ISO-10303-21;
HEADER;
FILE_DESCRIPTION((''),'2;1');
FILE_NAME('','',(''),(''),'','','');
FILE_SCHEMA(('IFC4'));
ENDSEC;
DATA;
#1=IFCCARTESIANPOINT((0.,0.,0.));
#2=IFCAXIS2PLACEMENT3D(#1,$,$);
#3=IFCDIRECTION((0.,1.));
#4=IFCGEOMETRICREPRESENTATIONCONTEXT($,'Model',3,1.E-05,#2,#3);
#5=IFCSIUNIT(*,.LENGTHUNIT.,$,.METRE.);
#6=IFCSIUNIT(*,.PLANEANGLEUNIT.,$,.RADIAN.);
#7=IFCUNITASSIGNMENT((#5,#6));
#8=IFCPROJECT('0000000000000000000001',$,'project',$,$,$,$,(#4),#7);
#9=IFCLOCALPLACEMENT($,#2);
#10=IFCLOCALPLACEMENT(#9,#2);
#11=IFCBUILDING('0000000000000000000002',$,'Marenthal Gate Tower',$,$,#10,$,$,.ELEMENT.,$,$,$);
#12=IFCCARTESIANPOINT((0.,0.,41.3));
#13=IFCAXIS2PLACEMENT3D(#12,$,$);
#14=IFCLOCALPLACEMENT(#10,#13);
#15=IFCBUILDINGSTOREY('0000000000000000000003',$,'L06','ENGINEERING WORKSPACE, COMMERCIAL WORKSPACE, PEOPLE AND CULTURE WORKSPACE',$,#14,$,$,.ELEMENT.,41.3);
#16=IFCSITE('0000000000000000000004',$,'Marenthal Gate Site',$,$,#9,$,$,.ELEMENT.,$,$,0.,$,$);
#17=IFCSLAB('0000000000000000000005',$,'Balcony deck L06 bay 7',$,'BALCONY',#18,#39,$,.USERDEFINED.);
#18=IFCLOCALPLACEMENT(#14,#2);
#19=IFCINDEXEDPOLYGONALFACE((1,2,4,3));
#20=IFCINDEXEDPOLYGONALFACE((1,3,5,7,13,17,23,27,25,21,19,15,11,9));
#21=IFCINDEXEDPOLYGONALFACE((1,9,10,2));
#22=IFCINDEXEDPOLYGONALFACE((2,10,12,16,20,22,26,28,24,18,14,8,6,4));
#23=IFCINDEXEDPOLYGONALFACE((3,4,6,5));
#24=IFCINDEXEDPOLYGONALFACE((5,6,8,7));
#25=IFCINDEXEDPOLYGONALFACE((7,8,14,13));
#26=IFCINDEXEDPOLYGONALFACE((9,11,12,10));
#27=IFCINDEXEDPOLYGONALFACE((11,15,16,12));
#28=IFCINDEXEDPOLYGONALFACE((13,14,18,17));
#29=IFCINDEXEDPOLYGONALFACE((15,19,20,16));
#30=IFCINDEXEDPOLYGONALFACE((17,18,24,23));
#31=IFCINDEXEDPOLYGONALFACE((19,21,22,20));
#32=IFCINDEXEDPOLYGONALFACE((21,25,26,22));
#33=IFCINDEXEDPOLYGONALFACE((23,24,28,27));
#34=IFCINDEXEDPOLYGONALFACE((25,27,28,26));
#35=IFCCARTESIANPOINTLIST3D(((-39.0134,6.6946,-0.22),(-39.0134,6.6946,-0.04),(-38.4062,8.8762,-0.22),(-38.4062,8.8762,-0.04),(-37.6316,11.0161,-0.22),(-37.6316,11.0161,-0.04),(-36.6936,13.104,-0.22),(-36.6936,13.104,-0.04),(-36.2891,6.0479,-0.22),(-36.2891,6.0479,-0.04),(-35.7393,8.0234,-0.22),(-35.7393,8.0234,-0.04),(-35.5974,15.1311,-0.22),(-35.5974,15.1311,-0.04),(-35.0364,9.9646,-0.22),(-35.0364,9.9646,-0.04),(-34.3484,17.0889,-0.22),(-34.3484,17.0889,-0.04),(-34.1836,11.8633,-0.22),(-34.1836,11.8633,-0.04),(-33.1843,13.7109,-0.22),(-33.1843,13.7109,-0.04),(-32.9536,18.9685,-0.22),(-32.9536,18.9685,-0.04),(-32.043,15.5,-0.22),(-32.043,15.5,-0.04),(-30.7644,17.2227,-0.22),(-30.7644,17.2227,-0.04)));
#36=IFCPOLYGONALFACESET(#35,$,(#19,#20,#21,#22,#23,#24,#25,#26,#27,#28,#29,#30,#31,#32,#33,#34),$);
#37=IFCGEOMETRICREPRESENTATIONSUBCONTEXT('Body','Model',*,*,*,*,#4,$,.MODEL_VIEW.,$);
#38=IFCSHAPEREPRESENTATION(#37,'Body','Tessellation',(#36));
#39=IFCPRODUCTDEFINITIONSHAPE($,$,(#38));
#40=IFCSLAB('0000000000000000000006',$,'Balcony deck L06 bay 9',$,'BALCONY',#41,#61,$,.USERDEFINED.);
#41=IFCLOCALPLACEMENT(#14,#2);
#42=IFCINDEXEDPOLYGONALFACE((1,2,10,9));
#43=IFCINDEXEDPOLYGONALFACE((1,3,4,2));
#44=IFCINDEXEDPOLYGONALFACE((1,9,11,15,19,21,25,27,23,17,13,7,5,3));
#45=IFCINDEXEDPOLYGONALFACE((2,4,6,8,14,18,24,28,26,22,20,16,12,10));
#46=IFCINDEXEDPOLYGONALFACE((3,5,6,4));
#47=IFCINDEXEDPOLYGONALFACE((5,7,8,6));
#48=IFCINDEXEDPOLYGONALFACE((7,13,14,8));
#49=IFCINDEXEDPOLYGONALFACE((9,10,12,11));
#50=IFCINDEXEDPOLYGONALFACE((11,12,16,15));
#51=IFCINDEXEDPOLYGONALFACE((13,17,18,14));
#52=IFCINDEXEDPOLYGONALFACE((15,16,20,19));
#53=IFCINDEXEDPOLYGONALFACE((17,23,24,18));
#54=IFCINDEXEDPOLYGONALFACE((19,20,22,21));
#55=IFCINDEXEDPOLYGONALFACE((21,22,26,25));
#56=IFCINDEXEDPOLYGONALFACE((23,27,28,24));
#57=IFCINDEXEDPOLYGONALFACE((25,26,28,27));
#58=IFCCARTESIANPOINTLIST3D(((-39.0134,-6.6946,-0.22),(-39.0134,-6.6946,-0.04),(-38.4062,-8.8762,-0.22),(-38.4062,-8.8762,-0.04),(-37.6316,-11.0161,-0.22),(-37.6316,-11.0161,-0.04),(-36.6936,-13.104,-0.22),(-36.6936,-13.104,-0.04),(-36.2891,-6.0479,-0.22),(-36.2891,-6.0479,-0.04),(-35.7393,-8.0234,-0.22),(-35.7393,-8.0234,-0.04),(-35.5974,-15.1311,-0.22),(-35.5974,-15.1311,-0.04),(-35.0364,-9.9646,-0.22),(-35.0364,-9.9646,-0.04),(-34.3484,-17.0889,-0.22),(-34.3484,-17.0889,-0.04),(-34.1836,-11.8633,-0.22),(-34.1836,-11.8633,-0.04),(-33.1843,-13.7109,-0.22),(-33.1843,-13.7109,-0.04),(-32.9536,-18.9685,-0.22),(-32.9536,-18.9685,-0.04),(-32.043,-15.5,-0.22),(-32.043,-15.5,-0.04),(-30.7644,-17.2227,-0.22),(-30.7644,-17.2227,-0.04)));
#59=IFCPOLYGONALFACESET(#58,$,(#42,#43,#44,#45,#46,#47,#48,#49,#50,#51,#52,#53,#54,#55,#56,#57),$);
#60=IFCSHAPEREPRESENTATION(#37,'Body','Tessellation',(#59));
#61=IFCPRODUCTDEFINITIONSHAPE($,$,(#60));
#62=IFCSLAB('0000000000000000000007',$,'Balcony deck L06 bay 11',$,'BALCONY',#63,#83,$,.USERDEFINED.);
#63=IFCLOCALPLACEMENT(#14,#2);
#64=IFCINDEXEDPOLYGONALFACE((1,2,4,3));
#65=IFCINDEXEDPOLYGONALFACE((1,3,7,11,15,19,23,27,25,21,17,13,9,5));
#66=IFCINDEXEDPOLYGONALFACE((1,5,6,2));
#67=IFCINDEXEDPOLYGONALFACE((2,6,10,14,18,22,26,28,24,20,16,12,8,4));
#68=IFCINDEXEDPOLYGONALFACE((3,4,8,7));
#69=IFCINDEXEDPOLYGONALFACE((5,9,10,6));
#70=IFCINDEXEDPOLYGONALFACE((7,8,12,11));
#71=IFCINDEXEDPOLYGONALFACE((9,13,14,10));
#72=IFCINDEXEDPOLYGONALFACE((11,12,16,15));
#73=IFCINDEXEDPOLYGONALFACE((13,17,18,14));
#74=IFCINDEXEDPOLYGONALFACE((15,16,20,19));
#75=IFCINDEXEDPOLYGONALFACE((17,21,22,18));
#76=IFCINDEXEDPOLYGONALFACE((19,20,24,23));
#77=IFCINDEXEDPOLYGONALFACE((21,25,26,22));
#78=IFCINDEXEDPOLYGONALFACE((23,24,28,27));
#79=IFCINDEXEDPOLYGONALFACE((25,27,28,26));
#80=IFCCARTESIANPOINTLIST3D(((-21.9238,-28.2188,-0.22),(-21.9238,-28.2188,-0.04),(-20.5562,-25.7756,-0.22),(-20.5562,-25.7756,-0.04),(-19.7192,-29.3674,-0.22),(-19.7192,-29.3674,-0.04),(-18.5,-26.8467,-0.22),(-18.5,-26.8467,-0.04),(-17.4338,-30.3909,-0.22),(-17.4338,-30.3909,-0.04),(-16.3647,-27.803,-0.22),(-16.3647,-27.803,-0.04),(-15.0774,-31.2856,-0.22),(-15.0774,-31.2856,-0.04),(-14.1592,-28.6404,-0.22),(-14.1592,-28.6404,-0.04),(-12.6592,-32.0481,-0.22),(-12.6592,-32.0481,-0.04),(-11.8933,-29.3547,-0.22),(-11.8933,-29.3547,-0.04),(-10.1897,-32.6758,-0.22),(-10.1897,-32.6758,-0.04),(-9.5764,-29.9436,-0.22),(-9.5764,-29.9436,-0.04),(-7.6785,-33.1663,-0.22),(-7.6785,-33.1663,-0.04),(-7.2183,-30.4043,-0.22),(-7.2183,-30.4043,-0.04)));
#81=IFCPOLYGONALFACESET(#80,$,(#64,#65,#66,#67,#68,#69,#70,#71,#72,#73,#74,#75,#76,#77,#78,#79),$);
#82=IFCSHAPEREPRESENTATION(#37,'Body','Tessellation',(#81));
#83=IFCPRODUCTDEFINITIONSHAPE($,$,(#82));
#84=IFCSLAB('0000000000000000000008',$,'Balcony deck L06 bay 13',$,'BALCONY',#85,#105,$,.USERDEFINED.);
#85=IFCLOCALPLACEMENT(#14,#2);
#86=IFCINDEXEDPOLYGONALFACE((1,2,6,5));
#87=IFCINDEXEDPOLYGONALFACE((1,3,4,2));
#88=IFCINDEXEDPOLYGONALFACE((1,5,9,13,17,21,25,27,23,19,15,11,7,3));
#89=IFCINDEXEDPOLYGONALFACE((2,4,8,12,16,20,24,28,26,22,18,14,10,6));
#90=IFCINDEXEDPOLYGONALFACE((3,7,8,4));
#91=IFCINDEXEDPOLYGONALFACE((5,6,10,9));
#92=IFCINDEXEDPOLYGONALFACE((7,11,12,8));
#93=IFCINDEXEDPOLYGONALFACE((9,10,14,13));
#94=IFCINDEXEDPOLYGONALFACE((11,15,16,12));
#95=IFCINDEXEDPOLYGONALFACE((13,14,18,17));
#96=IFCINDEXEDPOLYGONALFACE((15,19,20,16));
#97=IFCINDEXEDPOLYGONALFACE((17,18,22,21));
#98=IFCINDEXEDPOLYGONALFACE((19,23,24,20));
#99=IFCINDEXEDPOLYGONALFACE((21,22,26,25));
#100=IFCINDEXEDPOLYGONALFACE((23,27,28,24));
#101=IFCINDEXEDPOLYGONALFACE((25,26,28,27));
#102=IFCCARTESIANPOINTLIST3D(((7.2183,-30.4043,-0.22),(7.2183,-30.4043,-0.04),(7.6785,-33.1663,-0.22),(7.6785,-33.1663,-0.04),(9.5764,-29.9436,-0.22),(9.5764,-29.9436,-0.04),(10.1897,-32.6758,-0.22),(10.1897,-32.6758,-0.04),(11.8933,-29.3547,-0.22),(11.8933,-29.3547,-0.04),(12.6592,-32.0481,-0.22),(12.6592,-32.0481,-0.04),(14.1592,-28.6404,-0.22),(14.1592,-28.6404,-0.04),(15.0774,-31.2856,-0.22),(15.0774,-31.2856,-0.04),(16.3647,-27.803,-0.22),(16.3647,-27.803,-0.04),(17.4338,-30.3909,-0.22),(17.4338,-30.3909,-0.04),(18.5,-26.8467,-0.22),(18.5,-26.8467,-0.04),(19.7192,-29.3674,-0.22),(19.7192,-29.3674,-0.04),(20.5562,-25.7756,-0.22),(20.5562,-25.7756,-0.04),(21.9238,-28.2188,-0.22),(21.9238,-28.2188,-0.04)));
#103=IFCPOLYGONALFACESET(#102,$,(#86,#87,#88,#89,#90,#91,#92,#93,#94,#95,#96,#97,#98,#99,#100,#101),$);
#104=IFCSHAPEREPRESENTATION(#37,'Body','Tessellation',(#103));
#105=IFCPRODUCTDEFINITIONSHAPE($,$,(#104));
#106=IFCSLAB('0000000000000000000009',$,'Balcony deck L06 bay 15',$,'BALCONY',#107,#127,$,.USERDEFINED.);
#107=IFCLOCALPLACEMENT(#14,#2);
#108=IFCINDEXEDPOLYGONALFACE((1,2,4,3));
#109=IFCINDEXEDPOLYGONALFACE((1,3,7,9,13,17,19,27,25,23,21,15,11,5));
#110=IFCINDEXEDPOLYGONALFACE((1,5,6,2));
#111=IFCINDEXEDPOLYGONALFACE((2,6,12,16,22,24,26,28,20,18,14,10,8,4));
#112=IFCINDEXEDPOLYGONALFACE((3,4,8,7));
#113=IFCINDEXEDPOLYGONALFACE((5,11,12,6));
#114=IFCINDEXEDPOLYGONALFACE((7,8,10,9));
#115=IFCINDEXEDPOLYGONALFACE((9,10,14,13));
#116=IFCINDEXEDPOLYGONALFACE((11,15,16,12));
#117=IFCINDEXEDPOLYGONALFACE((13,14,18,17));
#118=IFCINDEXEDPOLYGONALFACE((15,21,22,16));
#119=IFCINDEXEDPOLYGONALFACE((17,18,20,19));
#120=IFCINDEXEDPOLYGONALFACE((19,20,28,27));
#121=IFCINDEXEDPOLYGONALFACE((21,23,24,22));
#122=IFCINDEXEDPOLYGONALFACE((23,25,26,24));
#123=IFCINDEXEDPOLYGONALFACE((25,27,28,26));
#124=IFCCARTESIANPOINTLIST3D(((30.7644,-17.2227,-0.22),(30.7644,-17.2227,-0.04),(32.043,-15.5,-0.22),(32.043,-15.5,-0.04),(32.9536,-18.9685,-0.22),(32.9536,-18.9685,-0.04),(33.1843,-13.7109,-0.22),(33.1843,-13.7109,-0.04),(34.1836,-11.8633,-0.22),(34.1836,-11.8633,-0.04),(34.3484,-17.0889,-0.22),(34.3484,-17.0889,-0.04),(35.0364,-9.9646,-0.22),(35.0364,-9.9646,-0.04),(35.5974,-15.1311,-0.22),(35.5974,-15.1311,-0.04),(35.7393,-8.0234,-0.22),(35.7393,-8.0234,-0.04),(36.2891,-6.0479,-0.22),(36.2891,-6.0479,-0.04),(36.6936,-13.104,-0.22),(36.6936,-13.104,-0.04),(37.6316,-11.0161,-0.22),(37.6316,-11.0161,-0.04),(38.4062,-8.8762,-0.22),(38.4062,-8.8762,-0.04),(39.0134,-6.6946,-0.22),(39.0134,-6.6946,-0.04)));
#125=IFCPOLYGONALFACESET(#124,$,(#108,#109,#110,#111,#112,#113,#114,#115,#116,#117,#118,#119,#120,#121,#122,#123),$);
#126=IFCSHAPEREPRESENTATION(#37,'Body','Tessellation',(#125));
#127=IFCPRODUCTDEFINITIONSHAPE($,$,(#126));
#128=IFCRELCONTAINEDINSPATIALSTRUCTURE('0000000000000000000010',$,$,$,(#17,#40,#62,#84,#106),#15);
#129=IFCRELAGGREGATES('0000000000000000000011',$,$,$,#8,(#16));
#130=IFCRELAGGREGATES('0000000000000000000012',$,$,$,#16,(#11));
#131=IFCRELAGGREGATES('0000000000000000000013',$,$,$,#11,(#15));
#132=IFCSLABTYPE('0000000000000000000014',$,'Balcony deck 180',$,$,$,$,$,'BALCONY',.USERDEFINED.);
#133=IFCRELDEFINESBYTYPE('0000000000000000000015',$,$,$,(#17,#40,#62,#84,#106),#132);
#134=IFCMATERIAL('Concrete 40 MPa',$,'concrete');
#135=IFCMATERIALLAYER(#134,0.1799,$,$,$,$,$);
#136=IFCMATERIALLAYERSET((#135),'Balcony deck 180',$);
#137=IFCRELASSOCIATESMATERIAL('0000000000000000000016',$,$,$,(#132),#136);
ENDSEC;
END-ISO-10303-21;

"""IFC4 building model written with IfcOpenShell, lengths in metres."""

from ifc_helpers import new_model, si_unit, direction, frame, origin, place, context, subcontext, project, spatial, polyline, outline, extrude, material, layer, layer_set, type_object, element, save


model = new_model("IFC4")

# Units and contexts
model_context = context("Model", 3, precision=1e-05, world=origin(), true_north=direction((0.0, 1.0)))
body_context = subcontext(model_context, "Body", "Model", "MODEL_VIEW")
ifc_project = project(units=[si_unit("LENGTHUNIT", "METRE"), si_unit("PLANEANGLEUNIT", "RADIAN")], contexts=[model_context])

# Site, building, storey
site_placement = place(None, origin())
site = spatial("IfcSite", under=ifc_project, at=site_placement, Name="Marenthal Gate Site", CompositionType="ELEMENT", RefElevation=0.0)
building_placement = place(site_placement, origin())
building = spatial("IfcBuilding", under=site, at=building_placement, Name="Marenthal Gate Tower", CompositionType="ELEMENT")
storey_placement = place(building_placement, frame((0.0, 0.0, 41.3)))
storey = spatial("IfcBuildingStorey", under=building, at=storey_placement, Name="L06", Description="ENGINEERING WORKSPACE, COMMERCIAL WORKSPACE, PEOPLE AND CULTURE WORKSPACE", CompositionType="ELEMENT", Elevation=41.3)

# Slabs
ifc_material_1 = material(Name="Concrete 40 MPa", Category="concrete")
ifc_layer_1 = layer(ifc_material_1, 0.1799)
ifc_layer_set_1 = layer_set([ifc_layer_1], Name="Balcony deck 180")
slab_type_1 = type_object("IfcSlabType", Name="Balcony deck 180", ElementType="BALCONY", PredefinedType="USERDEFINED", material=ifc_layer_set_1)
slab_1_placement = place(storey_placement, frame((0.0, 0.0, -0.22)))
element("IfcSlab", 1, at=slab_1_placement, inside=storey, type_object=slab_type_1, Name="Balcony deck L06 bay 7", ObjectType="BALCONY", PredefinedType="USERDEFINED", context=body_context, shape_type="SweptSolid", body=[
    extrude(outline(polyline([(-30.7644, 17.2227), (-32.043, 15.5), (-33.1843, 13.7109), (-34.1836, 11.8633), (-35.0364, 9.9646), (-35.7393, 8.0234), (-36.2891, 6.0479), (-39.0134, 6.6946), (-38.4062, 8.8762), (-37.6316, 11.0161), (-36.6936, 13.104), (-35.5974, 15.1311), (-34.3484, 17.0889), (-32.9536, 18.9685), (-30.7644, 17.2227)])), origin(), (0.0, 0.0, 1.0), 0.1799),
])
slab_2_placement = place(storey_placement, frame((0.0, 0.0, -0.22)))
element("IfcSlab", 2, at=slab_2_placement, inside=storey, type_object=slab_type_1, Name="Balcony deck L06 bay 9", ObjectType="BALCONY", PredefinedType="USERDEFINED", context=body_context, shape_type="SweptSolid", body=[
    extrude(outline(polyline([(-36.2891, -6.0479), (-35.7393, -8.0234), (-35.0364, -9.9646), (-34.1836, -11.8633), (-33.1843, -13.7109), (-32.043, -15.5), (-30.7644, -17.2227), (-32.9536, -18.9685), (-34.3484, -17.0889), (-35.5974, -15.1311), (-36.6936, -13.104), (-37.6316, -11.0161), (-38.4062, -8.8762), (-39.0134, -6.6946), (-36.2891, -6.0479)])), origin(), (0.0, 0.0, 1.0), 0.1799),
])
slab_3_placement = place(storey_placement, frame((0.0, 0.0, -0.22)))
element("IfcSlab", 3, at=slab_3_placement, inside=storey, type_object=slab_type_1, Name="Balcony deck L06 bay 11", ObjectType="BALCONY", PredefinedType="USERDEFINED", context=body_context, shape_type="SweptSolid", body=[
    extrude(outline(polyline([(-20.5562, -25.7756), (-18.5, -26.8467), (-16.3647, -27.803), (-14.1592, -28.6404), (-11.8933, -29.3547), (-9.5764, -29.9436), (-7.2183, -30.4043), (-7.6785, -33.1663), (-10.1897, -32.6758), (-12.6592, -32.0481), (-15.0774, -31.2856), (-17.4338, -30.3909), (-19.7192, -29.3674), (-21.9238, -28.2188), (-20.5562, -25.7756)])), origin(), (0.0, 0.0, 1.0), 0.1799),
])
slab_4_placement = place(storey_placement, frame((0.0, 0.0, -0.22)))
element("IfcSlab", 4, at=slab_4_placement, inside=storey, type_object=slab_type_1, Name="Balcony deck L06 bay 13", ObjectType="BALCONY", PredefinedType="USERDEFINED", context=body_context, shape_type="SweptSolid", body=[
    extrude(outline(polyline([(7.2183, -30.4043), (9.5764, -29.9436), (11.8933, -29.3547), (14.1592, -28.6404), (16.3647, -27.803), (18.5, -26.8467), (20.5562, -25.7756), (21.9238, -28.2188), (19.7192, -29.3674), (17.4338, -30.3909), (15.0774, -31.2856), (12.6592, -32.0481), (10.1897, -32.6758), (7.6785, -33.1663), (7.2183, -30.4043)])), origin(), (0.0, 0.0, 1.0), 0.1799),
])
slab_5_placement = place(storey_placement, frame((0.0, 0.0, -0.22)))
element("IfcSlab", 5, at=slab_5_placement, inside=storey, type_object=slab_type_1, Name="Balcony deck L06 bay 15", ObjectType="BALCONY", PredefinedType="USERDEFINED", context=body_context, shape_type="SweptSolid", body=[
    extrude(outline(polyline([(30.7644, -17.2227), (32.043, -15.5), (33.1843, -13.7109), (34.1836, -11.8633), (35.0364, -9.9646), (35.7393, -8.0234), (36.2891, -6.0479), (39.0134, -6.6946), (38.4062, -8.8762), (37.6316, -11.0161), (36.6936, -13.104), (35.5974, -15.1311), (34.3484, -17.0889), (32.9536, -18.9685), (30.7644, -17.2227)])), origin(), (0.0, 0.0, 1.0), 0.1799),
])

save(model, "model.ifc")
